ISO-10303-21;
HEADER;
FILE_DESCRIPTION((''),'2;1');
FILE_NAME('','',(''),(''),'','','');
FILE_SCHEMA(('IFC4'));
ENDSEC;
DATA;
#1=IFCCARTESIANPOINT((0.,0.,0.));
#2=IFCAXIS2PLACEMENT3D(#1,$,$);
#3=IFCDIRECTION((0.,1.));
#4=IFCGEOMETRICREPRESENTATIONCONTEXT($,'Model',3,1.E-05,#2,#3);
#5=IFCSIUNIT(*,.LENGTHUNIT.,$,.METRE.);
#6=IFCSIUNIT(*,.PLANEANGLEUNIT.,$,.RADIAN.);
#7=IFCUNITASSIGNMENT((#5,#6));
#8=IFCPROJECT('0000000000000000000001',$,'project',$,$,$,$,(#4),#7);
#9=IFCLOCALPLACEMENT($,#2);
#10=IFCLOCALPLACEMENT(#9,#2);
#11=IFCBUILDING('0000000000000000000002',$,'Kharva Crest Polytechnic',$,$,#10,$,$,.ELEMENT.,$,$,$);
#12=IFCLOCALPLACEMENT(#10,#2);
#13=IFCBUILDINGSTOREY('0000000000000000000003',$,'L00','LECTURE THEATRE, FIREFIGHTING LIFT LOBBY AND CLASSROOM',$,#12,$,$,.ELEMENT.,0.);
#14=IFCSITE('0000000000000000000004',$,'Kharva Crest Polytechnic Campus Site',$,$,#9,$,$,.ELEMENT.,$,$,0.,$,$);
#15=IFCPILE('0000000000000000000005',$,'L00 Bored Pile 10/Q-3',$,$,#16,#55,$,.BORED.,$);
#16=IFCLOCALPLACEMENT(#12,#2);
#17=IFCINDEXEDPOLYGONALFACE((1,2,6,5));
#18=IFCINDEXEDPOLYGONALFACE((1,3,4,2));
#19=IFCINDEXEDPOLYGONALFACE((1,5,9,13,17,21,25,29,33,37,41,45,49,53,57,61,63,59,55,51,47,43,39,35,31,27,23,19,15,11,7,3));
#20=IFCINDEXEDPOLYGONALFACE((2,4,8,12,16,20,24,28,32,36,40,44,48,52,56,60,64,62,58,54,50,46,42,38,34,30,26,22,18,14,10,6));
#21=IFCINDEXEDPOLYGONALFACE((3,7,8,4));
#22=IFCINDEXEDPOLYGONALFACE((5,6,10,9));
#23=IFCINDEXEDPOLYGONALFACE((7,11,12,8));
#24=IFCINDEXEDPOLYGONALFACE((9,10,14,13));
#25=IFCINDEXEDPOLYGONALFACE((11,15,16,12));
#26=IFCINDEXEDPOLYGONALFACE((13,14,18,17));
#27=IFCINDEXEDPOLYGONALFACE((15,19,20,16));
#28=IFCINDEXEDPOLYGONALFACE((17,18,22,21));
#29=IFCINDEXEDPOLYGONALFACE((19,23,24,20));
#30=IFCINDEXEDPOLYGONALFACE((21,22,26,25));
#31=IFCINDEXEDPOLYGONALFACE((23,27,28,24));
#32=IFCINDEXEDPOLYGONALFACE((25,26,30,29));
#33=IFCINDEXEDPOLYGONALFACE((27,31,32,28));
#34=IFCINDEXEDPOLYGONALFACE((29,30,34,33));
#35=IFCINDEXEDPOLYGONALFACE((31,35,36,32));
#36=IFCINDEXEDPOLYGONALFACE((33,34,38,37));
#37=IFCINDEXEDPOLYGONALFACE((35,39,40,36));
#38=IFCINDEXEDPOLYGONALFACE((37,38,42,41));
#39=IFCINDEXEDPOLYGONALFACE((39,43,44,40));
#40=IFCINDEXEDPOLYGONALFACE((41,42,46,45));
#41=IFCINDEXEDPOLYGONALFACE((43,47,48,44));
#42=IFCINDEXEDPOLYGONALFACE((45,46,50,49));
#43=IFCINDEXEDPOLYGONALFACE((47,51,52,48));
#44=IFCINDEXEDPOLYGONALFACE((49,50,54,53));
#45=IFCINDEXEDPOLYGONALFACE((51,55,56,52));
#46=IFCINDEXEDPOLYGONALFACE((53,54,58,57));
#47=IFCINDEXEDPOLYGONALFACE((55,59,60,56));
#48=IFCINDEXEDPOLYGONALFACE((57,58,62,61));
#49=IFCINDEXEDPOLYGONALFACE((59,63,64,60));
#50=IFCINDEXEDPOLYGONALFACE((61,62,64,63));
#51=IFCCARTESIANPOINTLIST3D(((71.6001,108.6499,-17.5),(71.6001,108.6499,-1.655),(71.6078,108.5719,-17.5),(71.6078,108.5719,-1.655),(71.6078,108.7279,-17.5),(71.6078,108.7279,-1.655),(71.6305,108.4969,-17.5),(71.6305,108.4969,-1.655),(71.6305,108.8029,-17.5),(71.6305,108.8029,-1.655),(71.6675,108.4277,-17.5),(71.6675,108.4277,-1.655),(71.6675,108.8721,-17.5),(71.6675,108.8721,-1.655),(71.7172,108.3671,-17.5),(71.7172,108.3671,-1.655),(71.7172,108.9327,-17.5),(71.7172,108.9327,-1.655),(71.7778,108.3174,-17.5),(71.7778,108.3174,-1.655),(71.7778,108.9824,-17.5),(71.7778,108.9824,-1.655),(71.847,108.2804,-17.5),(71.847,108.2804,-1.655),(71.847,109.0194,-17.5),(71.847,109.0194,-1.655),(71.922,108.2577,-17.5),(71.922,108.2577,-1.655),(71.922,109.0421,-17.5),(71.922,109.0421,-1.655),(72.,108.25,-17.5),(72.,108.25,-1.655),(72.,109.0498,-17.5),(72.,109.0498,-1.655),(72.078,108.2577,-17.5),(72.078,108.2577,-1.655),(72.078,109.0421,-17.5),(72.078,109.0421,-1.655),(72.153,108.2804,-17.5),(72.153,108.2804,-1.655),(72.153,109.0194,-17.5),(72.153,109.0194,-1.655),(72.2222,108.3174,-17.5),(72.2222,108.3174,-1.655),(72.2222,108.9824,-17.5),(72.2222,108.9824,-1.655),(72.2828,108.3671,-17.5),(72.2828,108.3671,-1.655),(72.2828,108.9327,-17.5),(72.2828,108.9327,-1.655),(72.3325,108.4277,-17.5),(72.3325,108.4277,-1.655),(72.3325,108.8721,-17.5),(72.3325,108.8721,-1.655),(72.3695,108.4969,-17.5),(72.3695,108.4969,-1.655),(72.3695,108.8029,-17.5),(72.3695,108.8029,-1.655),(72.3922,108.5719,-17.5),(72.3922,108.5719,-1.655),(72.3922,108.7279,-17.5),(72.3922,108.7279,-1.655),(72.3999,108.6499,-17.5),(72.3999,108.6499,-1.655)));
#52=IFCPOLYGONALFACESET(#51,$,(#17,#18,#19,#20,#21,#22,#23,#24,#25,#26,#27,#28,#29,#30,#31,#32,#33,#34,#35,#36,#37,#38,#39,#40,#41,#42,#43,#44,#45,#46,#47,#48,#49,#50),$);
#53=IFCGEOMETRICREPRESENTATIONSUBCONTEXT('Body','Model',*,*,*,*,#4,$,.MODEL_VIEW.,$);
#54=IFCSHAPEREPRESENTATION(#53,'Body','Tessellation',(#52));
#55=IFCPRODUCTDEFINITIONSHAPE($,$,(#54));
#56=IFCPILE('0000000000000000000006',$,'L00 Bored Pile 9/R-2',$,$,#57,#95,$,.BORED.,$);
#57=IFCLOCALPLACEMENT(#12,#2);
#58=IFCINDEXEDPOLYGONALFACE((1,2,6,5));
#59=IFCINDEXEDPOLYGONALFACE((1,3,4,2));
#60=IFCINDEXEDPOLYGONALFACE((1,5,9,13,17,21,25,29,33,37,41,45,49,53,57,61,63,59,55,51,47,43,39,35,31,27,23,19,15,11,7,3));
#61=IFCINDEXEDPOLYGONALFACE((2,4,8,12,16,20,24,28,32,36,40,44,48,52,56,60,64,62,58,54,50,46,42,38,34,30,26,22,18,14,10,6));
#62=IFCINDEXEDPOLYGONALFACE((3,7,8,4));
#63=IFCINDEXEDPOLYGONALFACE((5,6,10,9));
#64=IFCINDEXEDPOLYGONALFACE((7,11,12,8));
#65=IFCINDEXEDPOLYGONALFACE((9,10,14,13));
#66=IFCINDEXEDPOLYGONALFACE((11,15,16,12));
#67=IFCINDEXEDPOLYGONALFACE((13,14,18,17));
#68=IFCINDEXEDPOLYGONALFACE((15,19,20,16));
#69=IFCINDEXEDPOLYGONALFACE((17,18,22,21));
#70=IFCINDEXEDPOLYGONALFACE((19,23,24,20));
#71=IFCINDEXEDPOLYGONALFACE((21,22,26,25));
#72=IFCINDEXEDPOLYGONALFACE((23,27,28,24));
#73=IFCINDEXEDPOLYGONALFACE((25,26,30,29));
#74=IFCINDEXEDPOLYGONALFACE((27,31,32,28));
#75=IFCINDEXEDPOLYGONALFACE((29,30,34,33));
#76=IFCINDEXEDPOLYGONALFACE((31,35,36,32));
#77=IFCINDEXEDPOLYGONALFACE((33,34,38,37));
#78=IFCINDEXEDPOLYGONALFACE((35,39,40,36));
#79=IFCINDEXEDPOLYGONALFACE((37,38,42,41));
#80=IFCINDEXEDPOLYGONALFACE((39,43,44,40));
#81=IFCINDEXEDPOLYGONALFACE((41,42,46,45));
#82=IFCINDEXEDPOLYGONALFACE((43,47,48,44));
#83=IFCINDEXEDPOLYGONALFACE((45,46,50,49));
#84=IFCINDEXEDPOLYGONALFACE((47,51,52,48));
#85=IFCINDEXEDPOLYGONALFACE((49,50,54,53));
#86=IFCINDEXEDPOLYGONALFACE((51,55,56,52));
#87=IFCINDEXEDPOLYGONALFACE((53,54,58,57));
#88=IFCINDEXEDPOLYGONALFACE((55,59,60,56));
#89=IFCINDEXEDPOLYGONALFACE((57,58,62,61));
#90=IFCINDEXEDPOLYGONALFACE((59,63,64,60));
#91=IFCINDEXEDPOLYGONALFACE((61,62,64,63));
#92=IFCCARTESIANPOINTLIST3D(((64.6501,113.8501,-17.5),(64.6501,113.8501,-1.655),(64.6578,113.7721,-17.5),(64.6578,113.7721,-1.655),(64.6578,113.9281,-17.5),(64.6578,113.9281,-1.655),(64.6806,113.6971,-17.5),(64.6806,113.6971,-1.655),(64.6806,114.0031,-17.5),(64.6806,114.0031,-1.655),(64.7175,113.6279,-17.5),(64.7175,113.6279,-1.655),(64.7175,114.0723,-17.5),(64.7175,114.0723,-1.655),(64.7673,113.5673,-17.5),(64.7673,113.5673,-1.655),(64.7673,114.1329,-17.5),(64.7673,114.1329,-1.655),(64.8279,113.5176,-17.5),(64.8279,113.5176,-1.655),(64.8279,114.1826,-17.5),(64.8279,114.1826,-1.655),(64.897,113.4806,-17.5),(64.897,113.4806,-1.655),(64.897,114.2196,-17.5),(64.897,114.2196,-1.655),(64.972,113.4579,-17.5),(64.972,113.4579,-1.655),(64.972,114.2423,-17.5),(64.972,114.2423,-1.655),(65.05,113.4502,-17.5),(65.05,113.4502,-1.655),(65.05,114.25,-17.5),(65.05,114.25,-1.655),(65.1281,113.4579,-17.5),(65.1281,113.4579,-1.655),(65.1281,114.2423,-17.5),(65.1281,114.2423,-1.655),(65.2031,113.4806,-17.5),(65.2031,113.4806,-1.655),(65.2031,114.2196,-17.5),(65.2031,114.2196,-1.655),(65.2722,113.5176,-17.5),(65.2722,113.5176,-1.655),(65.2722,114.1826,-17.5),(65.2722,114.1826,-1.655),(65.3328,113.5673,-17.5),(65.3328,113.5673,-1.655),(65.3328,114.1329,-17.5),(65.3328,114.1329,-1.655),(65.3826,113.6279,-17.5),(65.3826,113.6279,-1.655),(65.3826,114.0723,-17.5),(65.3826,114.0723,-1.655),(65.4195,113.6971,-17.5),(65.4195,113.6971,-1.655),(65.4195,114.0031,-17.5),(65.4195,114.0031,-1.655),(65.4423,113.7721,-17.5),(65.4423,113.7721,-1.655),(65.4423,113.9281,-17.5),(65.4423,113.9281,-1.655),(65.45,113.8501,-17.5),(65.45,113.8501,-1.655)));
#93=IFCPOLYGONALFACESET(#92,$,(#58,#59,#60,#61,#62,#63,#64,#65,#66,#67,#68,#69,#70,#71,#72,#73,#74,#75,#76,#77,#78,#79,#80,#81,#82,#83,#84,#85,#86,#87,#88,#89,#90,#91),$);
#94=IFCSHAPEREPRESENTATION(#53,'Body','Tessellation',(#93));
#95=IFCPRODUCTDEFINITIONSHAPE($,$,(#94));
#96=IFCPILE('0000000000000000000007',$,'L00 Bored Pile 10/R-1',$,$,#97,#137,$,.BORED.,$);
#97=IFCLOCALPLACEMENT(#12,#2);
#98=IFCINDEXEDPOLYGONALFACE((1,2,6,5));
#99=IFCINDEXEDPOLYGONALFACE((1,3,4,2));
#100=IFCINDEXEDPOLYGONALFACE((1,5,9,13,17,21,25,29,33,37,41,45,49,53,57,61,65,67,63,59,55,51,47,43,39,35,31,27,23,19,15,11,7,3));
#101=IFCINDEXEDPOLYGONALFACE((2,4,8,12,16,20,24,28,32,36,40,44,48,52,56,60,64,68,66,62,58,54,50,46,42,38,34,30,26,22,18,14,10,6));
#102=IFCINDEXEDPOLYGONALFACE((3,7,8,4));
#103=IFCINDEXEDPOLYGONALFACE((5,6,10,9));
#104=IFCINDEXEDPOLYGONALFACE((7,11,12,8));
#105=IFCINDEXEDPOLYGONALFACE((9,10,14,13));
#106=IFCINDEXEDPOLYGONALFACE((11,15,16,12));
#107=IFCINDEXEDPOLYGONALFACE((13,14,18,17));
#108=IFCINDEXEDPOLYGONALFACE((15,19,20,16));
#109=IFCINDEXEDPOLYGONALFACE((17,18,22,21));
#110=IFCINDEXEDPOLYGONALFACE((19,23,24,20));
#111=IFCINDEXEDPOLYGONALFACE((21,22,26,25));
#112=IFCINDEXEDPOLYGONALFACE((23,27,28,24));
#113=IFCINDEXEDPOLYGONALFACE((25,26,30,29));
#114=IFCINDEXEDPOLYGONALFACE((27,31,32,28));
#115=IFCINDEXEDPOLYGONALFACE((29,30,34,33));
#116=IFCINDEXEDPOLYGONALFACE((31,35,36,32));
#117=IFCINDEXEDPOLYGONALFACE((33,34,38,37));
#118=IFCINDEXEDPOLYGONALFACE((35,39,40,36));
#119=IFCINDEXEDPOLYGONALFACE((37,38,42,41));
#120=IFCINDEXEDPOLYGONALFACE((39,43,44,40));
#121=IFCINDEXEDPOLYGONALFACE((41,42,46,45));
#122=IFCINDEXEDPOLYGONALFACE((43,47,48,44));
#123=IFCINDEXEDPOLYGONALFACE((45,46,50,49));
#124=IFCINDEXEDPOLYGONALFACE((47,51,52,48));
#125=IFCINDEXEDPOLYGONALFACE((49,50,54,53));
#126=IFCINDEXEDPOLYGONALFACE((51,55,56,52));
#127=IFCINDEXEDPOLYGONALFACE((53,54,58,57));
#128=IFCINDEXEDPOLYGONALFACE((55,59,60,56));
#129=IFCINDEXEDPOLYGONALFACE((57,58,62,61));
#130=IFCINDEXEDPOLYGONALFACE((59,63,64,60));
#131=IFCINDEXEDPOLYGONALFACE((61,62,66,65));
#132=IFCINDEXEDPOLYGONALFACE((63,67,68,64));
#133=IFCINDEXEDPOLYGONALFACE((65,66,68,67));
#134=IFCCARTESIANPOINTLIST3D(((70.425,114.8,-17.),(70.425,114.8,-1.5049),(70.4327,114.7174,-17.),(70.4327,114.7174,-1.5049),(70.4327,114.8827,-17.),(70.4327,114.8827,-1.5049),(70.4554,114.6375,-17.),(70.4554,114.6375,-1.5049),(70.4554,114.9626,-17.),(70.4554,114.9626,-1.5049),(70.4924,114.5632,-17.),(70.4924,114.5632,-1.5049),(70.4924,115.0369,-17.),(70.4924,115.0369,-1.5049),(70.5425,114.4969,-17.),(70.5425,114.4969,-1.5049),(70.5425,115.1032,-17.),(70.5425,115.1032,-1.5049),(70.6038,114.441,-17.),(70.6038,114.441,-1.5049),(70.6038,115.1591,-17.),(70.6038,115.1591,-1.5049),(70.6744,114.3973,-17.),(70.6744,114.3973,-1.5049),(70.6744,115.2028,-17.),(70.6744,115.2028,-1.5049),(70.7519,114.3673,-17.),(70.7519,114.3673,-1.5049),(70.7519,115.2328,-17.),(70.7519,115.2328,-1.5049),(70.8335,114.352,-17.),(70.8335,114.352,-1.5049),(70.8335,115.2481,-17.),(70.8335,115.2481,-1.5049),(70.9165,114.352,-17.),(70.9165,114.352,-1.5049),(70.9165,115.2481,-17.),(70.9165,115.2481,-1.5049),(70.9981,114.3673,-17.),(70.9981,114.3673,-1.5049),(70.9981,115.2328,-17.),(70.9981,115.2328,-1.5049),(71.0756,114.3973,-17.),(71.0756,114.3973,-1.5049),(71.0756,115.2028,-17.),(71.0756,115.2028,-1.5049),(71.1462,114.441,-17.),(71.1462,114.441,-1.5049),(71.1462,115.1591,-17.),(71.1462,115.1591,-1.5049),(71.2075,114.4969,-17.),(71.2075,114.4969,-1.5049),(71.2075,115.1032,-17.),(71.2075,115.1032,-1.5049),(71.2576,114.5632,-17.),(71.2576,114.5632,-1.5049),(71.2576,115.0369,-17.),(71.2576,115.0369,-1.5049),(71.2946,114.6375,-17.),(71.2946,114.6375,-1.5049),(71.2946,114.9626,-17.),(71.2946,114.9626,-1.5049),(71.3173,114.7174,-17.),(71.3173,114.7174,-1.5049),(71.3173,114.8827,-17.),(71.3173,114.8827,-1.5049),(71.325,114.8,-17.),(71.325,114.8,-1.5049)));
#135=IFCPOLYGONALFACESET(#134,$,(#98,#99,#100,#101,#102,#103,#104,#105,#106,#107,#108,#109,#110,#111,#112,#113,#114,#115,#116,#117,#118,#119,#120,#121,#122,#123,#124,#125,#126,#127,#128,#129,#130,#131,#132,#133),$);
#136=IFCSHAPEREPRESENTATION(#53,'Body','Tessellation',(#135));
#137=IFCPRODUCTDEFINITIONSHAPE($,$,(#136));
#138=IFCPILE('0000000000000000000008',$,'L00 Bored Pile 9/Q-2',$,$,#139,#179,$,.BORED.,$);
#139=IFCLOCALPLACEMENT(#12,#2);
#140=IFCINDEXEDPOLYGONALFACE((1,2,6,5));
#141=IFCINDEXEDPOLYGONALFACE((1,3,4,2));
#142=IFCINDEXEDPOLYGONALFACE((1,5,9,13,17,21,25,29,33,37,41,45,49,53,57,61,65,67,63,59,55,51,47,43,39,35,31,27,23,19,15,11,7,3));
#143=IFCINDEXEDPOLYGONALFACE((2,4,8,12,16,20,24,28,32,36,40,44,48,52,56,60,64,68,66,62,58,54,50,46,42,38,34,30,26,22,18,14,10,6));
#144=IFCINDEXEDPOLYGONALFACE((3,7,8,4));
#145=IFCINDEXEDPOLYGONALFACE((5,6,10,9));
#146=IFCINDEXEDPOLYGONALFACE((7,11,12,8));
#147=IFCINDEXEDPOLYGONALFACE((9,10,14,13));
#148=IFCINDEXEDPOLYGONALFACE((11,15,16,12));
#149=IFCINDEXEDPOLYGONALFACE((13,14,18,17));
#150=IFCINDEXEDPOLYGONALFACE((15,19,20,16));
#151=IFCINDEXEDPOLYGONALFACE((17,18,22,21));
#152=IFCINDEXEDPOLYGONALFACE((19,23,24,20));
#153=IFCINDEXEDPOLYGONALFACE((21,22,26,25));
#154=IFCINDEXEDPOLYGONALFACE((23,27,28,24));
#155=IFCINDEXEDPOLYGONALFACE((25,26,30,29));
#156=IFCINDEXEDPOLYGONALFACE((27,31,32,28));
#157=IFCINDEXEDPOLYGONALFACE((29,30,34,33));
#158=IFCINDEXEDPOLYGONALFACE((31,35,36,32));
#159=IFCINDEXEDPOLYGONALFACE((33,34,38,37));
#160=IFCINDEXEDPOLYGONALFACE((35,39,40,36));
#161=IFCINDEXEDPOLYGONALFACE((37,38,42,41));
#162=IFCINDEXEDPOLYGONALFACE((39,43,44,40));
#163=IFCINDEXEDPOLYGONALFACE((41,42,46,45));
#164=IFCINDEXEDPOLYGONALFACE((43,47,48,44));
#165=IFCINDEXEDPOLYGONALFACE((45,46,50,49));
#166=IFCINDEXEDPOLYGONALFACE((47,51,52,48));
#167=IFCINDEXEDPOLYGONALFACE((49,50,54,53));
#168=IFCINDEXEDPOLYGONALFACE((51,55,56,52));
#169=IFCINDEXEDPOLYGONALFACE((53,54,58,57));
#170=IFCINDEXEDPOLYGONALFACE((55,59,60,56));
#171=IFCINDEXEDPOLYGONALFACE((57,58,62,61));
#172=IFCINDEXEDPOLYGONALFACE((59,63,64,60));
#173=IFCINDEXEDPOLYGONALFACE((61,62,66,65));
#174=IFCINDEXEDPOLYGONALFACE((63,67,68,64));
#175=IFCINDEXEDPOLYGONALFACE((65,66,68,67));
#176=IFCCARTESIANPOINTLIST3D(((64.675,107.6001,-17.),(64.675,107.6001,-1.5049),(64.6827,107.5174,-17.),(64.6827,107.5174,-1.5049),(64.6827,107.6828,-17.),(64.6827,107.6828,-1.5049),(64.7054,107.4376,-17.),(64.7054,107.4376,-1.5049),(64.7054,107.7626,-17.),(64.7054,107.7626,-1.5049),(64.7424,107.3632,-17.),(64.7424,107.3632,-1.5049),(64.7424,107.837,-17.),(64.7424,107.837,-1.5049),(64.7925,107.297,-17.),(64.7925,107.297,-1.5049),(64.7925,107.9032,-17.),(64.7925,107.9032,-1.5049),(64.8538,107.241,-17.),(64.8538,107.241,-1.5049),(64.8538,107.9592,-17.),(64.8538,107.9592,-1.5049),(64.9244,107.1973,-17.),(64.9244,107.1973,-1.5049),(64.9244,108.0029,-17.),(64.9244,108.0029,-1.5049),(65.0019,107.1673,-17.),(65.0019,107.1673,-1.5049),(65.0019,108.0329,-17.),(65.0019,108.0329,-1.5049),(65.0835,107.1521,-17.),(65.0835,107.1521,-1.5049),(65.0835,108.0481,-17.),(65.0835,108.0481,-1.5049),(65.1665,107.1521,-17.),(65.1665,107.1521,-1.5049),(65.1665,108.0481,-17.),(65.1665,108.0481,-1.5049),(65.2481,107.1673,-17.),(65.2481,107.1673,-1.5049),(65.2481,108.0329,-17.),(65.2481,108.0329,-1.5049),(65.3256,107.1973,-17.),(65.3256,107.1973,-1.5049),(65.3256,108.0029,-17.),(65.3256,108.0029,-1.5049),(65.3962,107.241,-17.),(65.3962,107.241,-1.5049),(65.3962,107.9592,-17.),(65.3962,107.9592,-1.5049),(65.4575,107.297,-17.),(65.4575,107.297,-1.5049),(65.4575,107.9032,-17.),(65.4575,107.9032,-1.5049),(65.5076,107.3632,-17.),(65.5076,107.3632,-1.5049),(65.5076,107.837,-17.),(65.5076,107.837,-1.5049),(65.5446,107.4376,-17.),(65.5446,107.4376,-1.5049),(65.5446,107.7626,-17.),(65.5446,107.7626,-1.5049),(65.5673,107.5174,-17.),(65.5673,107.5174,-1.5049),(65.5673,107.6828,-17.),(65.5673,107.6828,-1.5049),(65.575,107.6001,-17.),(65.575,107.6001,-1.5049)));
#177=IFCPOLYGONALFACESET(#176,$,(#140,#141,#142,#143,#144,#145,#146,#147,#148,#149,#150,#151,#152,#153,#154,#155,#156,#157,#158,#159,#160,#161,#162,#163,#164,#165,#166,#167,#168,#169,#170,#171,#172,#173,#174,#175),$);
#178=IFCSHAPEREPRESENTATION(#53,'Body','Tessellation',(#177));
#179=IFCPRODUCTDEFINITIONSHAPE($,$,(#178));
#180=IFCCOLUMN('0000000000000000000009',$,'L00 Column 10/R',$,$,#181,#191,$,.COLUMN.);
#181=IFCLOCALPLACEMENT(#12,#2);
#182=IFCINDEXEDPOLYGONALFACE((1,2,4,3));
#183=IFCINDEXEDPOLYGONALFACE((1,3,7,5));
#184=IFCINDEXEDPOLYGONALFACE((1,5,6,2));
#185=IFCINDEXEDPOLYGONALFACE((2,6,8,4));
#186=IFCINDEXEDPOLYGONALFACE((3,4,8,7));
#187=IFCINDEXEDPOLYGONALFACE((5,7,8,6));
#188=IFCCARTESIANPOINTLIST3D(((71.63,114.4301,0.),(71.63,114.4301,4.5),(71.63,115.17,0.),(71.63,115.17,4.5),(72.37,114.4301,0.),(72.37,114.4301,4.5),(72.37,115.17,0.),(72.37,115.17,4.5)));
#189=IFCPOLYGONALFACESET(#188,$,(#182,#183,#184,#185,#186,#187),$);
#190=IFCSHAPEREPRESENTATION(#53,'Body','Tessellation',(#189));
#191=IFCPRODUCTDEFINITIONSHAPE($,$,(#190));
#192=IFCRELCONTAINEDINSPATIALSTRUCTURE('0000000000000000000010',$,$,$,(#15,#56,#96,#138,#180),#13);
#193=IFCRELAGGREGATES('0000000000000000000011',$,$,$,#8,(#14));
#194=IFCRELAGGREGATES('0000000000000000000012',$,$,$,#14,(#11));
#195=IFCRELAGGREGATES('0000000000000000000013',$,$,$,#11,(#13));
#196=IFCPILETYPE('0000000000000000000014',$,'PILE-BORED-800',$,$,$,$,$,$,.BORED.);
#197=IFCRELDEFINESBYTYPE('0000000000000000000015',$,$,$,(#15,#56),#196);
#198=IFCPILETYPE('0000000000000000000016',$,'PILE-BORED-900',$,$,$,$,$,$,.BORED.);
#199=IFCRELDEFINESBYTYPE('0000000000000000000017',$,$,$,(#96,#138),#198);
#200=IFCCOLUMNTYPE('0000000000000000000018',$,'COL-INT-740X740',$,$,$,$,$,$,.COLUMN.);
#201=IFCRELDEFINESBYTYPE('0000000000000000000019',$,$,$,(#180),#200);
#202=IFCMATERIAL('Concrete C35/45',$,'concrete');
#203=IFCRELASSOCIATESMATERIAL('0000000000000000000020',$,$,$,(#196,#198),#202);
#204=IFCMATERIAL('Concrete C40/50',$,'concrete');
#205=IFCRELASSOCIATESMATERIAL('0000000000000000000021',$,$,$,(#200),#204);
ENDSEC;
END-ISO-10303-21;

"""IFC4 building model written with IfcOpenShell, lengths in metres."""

from ifc_helpers import new_model, si_unit, direction, frame, origin, origin_2d, place, context, subcontext, project, spatial, rectangle, circle, extrude, material, material_profile, profile_set, type_object, element, save


model = new_model("IFC4")

# Units and contexts
model_context = context("Model", 3, precision=1e-05, world=origin(), true_north=direction((0.0, 1.0)))
body_context = subcontext(model_context, "Body", "Model", "MODEL_VIEW")
ifc_project = project(units=[si_unit("LENGTHUNIT", "METRE"), si_unit("PLANEANGLEUNIT", "RADIAN")], contexts=[model_context])

# Site, building, storey
site_placement = place(None, origin())
site = spatial("IfcSite", under=ifc_project, at=site_placement, Name="Kharva Crest Polytechnic Campus Site", CompositionType="ELEMENT", RefElevation=0.0)
building_placement = place(site_placement, origin())
building = spatial("IfcBuilding", under=site, at=building_placement, Name="Kharva Crest Polytechnic", CompositionType="ELEMENT")
storey_placement = place(building_placement, origin())
storey = spatial("IfcBuildingStorey", under=building, at=storey_placement, Name="L00", Description="LECTURE THEATRE, FIREFIGHTING LIFT LOBBY AND CLASSROOM", CompositionType="ELEMENT", Elevation=0.0)

# Shared definitions
ifc_material_1 = material(Name="Concrete C35/45", Category="concrete")

# Piles
ifc_material_profile_1 = material_profile(ifc_material_1, circle(Radius=0.3999, at=origin_2d()), Name="DIA 800")
ifc_profile_set_1 = profile_set([ifc_material_profile_1], Name="Concrete C35/45")
pile_type_1 = type_object("IfcPileType", Name="PILE-BORED-800", PredefinedType="BORED", material=ifc_profile_set_1)
for number, where, z_axis, x_axis, name in (
    (1, (72.0, 108.6499, -1.655), (0.0, 0.0, -1.0), (1.0, 0.0, 0.0), "L00 Bored Pile 10/Q-3"),
    (2, (65.05, 113.8501, -1.655), (0.0, 0.0, -1.0), (1.0, 0.0, 0.0), "L00 Bored Pile 9/R-2"),
):
    element("IfcPile", number, at=place(storey_placement, frame(where, z_axis=z_axis, x_axis=x_axis)), inside=storey, type_object=pile_type_1, Name=name, PredefinedType="BORED", context=body_context, shape_type="SweptSolid", body=[
        extrude(circle(Radius=0.3999, at=origin_2d()), origin(), (0.0, 0.0, 1.0), 15.845),
    ])
ifc_material_profile_2 = material_profile(ifc_material_1, circle(Radius=0.45, at=origin_2d()), Name="DIA 900")
ifc_profile_set_2 = profile_set([ifc_material_profile_2], Name="Concrete C35/45")
pile_type_2 = type_object("IfcPileType", Name="PILE-BORED-900", PredefinedType="BORED", material=ifc_profile_set_2)
for number, where, z_axis, x_axis, name in (
    (3, (70.875, 114.8, -1.5049), (0.0, 0.0, -1.0), (1.0, 0.0, 0.0), "L00 Bored Pile 10/R-1"),
    (4, (65.125, 107.6001, -1.5049), (0.0, 0.0, -1.0), (1.0, 0.0, 0.0), "L00 Bored Pile 9/Q-2"),
):
    element("IfcPile", number, at=place(storey_placement, frame(where, z_axis=z_axis, x_axis=x_axis)), inside=storey, type_object=pile_type_2, Name=name, PredefinedType="BORED", context=body_context, shape_type="SweptSolid", body=[
        extrude(circle(Radius=0.45, at=origin_2d()), origin(), (0.0, 0.0, 1.0), 15.4951),
    ])

# Column
ifc_material_2 = material(Name="Concrete C40/50", Category="concrete")
ifc_material_profile_3 = material_profile(ifc_material_2, rectangle(XDim=0.74, YDim=0.74, at=origin_2d()), Name="RECT 740 X 740")
ifc_profile_set_3 = profile_set([ifc_material_profile_3], Name="Concrete C40/50")
column_type_1 = type_object("IfcColumnType", Name="COL-INT-740X740", PredefinedType="COLUMN", material=ifc_profile_set_3)
column_1_placement = place(storey_placement, frame((72.0, 114.8, 0.0), z_axis=(0.0, 0.0, 1.0), x_axis=(1.0, 0.0, 0.0)))
element("IfcColumn", 5, at=column_1_placement, inside=storey, type_object=column_type_1, Name="L00 Column 10/R", PredefinedType="COLUMN", context=body_context, shape_type="SweptSolid", body=[
    extrude(rectangle(XDim=0.74, YDim=0.74, at=origin_2d()), origin(), (0.0, 0.0, 1.0), 4.5),
])

save(model, "model.ifc")
